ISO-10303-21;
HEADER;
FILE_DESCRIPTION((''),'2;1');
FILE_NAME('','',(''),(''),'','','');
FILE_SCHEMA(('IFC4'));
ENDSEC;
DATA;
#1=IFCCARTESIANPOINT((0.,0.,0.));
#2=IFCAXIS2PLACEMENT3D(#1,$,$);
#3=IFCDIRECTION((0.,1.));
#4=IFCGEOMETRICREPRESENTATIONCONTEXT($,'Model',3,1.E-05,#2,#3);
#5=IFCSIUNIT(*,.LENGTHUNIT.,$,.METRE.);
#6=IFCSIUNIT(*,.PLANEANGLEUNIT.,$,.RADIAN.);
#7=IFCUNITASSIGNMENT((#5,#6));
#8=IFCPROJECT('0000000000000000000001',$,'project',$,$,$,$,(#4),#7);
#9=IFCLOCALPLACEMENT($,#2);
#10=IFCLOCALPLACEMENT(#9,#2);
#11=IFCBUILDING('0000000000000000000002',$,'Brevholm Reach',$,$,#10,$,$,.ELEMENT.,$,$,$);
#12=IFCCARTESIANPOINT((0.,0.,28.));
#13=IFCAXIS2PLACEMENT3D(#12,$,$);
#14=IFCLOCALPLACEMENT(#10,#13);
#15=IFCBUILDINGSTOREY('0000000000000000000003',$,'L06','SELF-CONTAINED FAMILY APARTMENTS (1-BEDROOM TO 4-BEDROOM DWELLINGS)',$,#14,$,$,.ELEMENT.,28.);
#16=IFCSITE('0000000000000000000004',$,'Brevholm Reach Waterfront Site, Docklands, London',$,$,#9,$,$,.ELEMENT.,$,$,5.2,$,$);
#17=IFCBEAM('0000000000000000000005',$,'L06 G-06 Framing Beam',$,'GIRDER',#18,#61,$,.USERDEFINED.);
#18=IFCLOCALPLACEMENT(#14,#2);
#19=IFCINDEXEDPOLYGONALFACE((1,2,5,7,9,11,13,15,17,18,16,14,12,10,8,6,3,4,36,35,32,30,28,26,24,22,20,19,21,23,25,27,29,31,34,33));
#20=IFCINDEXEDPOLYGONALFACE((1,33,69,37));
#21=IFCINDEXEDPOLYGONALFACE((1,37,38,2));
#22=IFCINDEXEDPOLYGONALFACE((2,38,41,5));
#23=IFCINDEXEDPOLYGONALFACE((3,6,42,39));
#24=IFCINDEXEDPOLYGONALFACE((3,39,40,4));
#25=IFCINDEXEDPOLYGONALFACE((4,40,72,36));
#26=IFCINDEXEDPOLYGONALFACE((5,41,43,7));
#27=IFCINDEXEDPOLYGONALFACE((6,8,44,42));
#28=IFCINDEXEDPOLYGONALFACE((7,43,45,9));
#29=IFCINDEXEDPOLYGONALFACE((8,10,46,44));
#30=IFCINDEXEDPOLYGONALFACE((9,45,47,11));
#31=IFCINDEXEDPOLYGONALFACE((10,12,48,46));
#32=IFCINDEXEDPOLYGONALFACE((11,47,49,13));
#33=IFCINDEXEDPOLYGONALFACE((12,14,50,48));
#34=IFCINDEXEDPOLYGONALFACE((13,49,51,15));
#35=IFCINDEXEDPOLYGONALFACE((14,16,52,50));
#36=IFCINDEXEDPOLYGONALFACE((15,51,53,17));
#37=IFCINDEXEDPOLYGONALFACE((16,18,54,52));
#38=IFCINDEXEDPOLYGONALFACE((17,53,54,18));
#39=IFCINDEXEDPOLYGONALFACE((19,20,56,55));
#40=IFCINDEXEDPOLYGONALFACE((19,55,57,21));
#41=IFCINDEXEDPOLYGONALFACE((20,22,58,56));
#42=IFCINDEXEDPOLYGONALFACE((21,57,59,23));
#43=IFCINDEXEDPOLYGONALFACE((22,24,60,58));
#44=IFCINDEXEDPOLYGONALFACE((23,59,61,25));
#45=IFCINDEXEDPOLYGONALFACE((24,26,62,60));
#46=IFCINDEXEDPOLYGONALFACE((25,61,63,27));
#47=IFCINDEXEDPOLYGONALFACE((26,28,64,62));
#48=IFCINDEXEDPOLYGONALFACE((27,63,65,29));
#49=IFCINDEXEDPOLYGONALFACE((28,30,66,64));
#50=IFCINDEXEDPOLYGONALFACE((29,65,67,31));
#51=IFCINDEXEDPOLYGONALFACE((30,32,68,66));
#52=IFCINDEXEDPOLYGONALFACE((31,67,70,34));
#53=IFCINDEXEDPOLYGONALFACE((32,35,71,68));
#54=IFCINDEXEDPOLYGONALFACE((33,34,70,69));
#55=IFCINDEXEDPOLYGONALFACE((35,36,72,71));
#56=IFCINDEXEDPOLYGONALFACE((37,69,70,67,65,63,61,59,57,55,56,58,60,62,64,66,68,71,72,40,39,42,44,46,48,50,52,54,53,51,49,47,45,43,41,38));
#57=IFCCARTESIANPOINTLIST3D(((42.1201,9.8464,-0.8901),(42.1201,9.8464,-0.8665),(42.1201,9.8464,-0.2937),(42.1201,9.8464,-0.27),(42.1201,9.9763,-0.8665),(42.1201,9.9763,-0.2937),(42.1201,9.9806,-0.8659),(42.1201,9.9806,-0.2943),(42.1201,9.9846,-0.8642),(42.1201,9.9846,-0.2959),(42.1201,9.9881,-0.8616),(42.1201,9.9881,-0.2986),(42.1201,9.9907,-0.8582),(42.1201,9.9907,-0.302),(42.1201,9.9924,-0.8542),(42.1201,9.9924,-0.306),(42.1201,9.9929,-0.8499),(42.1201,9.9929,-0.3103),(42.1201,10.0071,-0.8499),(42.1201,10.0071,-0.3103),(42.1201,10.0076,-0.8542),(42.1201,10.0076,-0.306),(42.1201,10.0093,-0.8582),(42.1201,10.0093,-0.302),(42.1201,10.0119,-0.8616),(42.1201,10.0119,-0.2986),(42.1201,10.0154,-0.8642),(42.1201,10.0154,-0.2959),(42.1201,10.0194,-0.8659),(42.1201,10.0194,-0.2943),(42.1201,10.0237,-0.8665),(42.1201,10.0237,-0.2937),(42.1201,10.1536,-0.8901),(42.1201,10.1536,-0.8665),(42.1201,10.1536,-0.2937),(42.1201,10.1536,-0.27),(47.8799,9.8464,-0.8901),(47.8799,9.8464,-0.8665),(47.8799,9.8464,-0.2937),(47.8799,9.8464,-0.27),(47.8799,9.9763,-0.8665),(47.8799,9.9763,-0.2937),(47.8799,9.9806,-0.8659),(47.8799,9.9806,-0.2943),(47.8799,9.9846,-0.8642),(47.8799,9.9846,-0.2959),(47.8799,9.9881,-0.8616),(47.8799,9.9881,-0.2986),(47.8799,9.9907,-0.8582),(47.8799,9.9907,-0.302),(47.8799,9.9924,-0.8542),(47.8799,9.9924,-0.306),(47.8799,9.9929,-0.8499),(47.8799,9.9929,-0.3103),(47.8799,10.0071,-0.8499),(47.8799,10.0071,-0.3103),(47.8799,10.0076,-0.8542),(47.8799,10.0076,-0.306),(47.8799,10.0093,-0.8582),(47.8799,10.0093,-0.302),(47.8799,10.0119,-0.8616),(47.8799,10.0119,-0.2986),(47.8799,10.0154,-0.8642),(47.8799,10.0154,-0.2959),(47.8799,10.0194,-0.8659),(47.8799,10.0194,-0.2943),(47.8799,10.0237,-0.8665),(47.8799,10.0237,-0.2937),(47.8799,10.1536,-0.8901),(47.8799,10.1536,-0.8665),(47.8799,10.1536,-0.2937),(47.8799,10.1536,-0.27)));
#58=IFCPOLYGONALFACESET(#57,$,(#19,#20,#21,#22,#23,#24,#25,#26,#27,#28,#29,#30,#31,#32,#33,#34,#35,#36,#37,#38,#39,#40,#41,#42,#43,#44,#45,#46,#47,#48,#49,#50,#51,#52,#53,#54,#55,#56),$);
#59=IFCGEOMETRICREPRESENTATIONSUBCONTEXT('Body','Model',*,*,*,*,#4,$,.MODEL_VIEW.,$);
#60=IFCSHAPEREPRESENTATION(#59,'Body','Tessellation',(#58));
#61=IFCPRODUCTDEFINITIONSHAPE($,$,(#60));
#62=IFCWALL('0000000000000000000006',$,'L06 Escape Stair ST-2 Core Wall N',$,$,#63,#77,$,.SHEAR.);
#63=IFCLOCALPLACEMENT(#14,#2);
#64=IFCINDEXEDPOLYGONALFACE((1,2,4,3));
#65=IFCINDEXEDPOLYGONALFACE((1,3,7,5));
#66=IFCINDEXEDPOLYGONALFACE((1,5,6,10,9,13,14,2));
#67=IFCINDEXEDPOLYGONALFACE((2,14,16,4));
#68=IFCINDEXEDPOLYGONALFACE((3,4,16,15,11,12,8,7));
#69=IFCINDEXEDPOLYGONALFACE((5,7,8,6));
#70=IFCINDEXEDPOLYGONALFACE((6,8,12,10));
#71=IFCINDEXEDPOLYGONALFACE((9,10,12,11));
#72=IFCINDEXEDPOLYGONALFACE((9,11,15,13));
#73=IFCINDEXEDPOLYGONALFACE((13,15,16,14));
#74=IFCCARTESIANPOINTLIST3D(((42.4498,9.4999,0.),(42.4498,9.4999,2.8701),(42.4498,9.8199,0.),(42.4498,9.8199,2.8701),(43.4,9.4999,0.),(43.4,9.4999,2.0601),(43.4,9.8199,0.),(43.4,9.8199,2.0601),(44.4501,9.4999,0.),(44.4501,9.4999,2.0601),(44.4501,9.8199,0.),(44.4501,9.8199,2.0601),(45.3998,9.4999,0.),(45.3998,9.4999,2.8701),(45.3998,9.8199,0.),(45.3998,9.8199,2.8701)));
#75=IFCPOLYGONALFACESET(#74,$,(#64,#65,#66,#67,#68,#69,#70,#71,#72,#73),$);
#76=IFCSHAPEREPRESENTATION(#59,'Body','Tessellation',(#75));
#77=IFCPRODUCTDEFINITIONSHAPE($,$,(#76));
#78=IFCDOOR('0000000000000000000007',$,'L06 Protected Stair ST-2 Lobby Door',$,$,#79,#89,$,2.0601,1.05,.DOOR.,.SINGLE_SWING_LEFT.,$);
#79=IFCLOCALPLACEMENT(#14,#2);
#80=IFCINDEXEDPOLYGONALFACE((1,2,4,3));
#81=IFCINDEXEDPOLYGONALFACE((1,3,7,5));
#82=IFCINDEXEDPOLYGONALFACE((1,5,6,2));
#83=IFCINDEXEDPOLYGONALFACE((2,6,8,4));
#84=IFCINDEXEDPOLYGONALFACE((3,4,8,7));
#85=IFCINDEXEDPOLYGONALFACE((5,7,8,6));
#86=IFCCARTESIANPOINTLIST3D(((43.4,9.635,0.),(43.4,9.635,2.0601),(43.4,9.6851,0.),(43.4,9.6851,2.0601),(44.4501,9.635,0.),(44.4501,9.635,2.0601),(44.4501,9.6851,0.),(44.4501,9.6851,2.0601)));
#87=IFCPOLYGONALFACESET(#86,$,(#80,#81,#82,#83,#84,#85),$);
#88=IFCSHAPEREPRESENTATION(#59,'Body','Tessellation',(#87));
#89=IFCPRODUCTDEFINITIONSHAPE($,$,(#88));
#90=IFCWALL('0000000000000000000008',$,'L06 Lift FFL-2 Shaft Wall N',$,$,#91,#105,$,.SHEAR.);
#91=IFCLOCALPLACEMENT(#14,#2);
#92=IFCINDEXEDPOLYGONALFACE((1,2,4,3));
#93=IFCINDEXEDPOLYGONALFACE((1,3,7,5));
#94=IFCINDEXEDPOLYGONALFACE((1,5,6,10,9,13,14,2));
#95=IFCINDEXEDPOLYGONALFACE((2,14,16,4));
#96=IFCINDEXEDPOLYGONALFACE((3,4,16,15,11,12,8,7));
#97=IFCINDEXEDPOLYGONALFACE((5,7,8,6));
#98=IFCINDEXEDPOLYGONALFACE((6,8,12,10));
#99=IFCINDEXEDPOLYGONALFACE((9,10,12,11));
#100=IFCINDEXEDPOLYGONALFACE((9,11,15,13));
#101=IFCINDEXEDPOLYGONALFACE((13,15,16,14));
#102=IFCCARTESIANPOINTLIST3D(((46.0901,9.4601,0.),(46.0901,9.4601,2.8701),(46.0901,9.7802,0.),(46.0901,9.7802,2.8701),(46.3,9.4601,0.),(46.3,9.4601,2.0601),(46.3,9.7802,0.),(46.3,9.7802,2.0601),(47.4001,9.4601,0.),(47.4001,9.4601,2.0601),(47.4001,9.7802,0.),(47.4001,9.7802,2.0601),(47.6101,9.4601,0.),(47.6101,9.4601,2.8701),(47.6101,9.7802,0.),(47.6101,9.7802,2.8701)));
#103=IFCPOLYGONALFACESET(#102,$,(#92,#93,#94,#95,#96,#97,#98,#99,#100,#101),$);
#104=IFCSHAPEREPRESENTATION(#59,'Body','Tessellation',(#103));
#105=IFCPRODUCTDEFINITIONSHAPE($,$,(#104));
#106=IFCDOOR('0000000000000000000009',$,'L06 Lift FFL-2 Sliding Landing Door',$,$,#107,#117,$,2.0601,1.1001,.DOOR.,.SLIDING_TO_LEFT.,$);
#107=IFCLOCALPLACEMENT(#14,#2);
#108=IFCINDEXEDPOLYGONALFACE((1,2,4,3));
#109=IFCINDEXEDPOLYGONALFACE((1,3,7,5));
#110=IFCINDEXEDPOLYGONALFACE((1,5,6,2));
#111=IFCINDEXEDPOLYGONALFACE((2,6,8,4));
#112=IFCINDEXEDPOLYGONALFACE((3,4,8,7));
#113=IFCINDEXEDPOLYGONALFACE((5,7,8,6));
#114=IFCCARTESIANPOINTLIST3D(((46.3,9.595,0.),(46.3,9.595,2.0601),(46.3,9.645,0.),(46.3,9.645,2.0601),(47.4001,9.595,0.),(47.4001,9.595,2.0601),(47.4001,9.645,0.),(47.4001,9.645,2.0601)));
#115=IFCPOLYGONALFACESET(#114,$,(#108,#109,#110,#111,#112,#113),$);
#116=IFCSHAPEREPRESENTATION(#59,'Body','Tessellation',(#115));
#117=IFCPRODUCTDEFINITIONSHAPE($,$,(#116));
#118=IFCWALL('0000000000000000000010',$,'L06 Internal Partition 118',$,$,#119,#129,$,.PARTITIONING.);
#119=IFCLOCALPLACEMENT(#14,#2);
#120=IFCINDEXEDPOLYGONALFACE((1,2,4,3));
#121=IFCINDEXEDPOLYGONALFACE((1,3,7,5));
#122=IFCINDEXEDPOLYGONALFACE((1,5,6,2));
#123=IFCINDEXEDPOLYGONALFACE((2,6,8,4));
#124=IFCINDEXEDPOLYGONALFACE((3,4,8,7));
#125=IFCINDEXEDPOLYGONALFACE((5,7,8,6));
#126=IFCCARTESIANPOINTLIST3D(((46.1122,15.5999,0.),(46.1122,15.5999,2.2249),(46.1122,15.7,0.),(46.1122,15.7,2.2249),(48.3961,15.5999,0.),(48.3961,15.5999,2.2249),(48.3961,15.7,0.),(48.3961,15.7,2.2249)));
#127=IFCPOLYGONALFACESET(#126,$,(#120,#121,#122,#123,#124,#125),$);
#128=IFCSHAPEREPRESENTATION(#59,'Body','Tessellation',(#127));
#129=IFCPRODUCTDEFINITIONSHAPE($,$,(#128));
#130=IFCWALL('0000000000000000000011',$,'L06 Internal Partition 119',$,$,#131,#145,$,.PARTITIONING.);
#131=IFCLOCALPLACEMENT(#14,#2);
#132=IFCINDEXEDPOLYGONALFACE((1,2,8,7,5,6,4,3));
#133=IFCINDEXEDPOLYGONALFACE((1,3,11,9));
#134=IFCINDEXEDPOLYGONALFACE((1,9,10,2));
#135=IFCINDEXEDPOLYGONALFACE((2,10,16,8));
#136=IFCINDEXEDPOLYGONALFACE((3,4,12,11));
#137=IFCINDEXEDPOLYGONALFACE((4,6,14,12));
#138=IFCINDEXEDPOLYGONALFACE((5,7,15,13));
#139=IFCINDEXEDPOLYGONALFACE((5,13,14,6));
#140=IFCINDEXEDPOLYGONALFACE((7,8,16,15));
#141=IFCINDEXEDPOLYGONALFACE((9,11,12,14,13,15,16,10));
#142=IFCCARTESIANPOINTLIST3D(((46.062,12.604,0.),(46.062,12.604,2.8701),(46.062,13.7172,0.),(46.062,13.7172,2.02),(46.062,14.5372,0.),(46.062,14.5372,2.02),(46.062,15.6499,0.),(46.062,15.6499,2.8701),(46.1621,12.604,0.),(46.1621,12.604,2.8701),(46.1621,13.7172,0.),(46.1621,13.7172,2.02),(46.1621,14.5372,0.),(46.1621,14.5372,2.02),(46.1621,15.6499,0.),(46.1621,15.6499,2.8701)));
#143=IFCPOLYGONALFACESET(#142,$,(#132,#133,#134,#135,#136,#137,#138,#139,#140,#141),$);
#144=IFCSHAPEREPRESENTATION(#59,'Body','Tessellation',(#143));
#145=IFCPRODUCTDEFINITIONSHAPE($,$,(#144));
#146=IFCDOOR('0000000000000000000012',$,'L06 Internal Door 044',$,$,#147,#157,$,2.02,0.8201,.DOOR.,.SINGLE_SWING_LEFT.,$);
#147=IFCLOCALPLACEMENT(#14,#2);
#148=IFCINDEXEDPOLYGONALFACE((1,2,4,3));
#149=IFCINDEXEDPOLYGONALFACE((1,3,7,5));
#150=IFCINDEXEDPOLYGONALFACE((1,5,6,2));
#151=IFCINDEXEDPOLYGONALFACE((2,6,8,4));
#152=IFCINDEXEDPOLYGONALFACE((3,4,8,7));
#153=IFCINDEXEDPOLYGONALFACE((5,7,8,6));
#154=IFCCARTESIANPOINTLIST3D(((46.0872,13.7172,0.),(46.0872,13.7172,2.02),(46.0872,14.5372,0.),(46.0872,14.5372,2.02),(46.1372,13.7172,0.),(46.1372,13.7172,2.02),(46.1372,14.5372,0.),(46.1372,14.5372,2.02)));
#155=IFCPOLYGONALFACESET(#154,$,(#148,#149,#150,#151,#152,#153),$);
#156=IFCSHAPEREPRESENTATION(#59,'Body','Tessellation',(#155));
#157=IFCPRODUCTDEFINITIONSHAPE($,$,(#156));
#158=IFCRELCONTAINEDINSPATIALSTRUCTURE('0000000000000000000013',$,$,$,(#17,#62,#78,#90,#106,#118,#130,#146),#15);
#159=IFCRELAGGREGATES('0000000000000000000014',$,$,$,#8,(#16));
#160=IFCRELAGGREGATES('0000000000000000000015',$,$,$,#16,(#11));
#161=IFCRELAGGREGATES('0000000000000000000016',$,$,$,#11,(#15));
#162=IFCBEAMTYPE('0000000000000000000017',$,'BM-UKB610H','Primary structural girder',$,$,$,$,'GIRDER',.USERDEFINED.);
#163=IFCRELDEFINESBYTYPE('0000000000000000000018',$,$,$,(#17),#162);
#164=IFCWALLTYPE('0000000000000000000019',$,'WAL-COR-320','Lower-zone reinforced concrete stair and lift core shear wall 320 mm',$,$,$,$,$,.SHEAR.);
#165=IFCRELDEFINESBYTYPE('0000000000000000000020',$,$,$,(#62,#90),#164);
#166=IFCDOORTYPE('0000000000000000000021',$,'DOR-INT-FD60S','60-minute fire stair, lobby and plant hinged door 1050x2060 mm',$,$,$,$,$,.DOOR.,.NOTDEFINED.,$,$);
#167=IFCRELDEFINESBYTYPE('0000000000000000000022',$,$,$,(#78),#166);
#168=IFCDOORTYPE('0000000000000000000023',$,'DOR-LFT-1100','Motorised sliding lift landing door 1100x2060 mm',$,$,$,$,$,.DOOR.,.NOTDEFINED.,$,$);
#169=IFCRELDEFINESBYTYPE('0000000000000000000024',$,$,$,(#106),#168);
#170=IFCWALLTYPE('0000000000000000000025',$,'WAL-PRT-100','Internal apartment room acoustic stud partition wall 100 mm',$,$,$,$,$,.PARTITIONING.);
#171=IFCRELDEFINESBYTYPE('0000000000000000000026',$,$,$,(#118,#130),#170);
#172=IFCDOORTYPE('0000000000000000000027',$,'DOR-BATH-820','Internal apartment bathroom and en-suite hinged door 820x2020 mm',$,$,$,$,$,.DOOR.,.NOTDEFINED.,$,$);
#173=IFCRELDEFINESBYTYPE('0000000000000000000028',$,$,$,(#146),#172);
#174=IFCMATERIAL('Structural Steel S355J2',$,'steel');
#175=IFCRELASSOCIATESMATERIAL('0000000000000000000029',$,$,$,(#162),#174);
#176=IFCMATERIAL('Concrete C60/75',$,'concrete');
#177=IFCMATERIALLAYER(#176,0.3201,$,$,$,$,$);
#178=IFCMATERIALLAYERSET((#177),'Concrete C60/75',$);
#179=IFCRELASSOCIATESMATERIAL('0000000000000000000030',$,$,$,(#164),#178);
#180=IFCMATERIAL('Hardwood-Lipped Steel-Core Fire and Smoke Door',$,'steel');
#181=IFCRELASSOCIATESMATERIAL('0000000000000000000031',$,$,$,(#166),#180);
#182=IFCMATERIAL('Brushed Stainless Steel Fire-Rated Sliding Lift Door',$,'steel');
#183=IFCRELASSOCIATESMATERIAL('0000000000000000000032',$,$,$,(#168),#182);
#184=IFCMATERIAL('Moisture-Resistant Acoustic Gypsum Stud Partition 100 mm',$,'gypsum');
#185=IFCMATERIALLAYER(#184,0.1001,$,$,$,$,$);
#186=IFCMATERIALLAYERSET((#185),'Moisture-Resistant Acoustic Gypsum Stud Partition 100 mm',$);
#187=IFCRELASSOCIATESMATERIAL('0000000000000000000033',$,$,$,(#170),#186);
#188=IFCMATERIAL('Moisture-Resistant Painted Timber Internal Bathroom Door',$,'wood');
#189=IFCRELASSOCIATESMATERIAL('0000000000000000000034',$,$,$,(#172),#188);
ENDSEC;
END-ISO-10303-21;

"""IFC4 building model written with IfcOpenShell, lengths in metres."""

from ifc_helpers import new_model, si_unit, direction, frame, frame_2d, origin, origin_2d, place, context, subcontext, project, spatial, rectangle, i_section, extrude, material, layer, layer_set, material_profile, profile_set, type_object, element, fill, save


model = new_model("IFC4")

# Units and contexts
model_context = context("Model", 3, precision=1e-05, world=origin(), true_north=direction((0.0, 1.0)))
body_context = subcontext(model_context, "Body", "Model", "MODEL_VIEW")
ifc_project = project(units=[si_unit("LENGTHUNIT", "METRE"), si_unit("PLANEANGLEUNIT", "RADIAN")], contexts=[model_context])

# Site, building, storey
site_placement = place(None, origin())
site = spatial("IfcSite", under=ifc_project, at=site_placement, Name="Brevholm Reach Waterfront Site, Docklands, London", CompositionType="ELEMENT", RefElevation=5.2)
building_placement = place(site_placement, origin())
building = spatial("IfcBuilding", under=site, at=building_placement, Name="Brevholm Reach", CompositionType="ELEMENT")
storey_placement = place(building_placement, frame((0.0, 0.0, 28.0)))
storey = spatial("IfcBuildingStorey", under=building, at=storey_placement, Name="L06", Description="SELF-CONTAINED FAMILY APARTMENTS (1-BEDROOM TO 4-BEDROOM DWELLINGS)", CompositionType="ELEMENT", Elevation=28.0)

# Beam
ifc_material_1 = material(Name="Structural Steel S355J2", Category="steel")
ifc_material_profile_1 = material_profile(ifc_material_1, i_section(OverallWidth=0.3071, OverallDepth=0.6201, WebThickness=0.0142, FlangeThickness=0.0237, FilletRadius=0.0166, at=origin_2d()), Name="UKB 610x305x179")
ifc_profile_set_1 = profile_set([ifc_material_profile_1], Name="Structural Steel S355J2")
beam_type_1 = type_object("IfcBeamType", Name="BM-UKB610H", Description="Primary structural girder", ElementType="GIRDER", PredefinedType="USERDEFINED", material=ifc_profile_set_1)
beam_placement = place(storey_placement, frame((42.1201, 10.0, -0.5801), z_axis=(1.0, 0.0, 0.0), x_axis=(0.0, 1.0, 0.0)))
element("IfcBeam", 1, at=beam_placement, inside=storey, type_object=beam_type_1, Name="L06 G-06 Framing Beam", ObjectType="GIRDER", PredefinedType="USERDEFINED", context=body_context, shape_type="SweptSolid", body=[
    extrude(i_section(OverallWidth=0.3071, OverallDepth=0.6201, WebThickness=0.0142, FlangeThickness=0.0237, FilletRadius=0.0166, at=origin_2d()), origin(), (0.0, 0.0, 1.0), 5.7598),
])

# Walls, openings, doors
ifc_material_2 = material(Name="Concrete C60/75", Category="concrete")
ifc_layer_1 = layer(ifc_material_2, 0.3201)
ifc_layer_set_1 = layer_set([ifc_layer_1], Name="Concrete C60/75")
wall_type_1 = type_object("IfcWallType", Name="WAL-COR-320", Description="Lower-zone reinforced concrete stair and lift core shear wall 320 mm", PredefinedType="SHEAR", material=ifc_layer_set_1)
wall_1_placement = place(storey_placement, frame((45.3999, 9.6599, 0.0), z_axis=(0.0, 0.0, 1.0), x_axis=(-1.0, 0.0, 0.0)))
wall_1 = element("IfcWall", 2, at=wall_1_placement, inside=storey, type_object=wall_type_1, Name="L06 Escape Stair ST-2 Core Wall N", PredefinedType="SHEAR", context=body_context, shape_type="SweptSolid", body=[
    extrude(rectangle(XDim=2.95, YDim=0.3201, at=frame_2d((1.4751, 0.0))), origin(), (0.0, 0.0, 1.0), 2.8701),
])
opening_1_placement = place(wall_1_placement, frame((0.95, 0.0, 0.0)))
opening_1 = element("IfcOpeningElement", 3, at=opening_1_placement, cuts=wall_1, PredefinedType="OPENING", context=body_context, shape_type="SweptSolid", body=[
    extrude(rectangle(XDim=1.05, YDim=2.0601, at=frame_2d((0.5249, 1.03))), frame((0.0, 0.1699, 0.0), z_axis=(0.0, -1.0, 0.0), x_axis=(1.0, 0.0, 0.0)), (0.0, 0.0, 1.0), 0.3401),
])
ifc_material_3 = material(Name="Hardwood-Lipped Steel-Core Fire and Smoke Door", Category="steel")
door_type_1 = type_object("IfcDoorType", Name="DOR-INT-FD60S", Description="60-minute fire stair, lobby and plant hinged door 1050x2060 mm", OperationType="NOTDEFINED", PredefinedType="DOOR", material=ifc_material_3)
door_1_placement = place(opening_1_placement, origin())
door_1 = element("IfcDoor", 4, at=door_1_placement, inside=storey, type_object=door_type_1, Name="L06 Protected Stair ST-2 Lobby Door", OperationType="SINGLE_SWING_LEFT", OverallHeight=2.0601, OverallWidth=1.05, PredefinedType="DOOR", context=body_context, shape_type="SweptSolid", body=[
    extrude(rectangle(XDim=1.05, YDim=2.0601, at=frame_2d((0.5249, 1.03))), frame((0.0, 0.0249, 0.0), z_axis=(0.0, -1.0, 0.0), x_axis=(1.0, 0.0, 0.0)), (0.0, 0.0, 1.0), 0.05),
])
fill(opening_1, door_1)
wall_2_placement = place(storey_placement, frame((46.0901, 9.6201, 0.0), z_axis=(0.0, 0.0, 1.0), x_axis=(1.0, 0.0, 0.0)))
wall_2 = element("IfcWall", 5, at=wall_2_placement, inside=storey, type_object=wall_type_1, Name="L06 Lift FFL-2 Shaft Wall N", PredefinedType="SHEAR", context=body_context, shape_type="SweptSolid", body=[
    extrude(rectangle(XDim=1.52, YDim=0.3201, at=frame_2d((0.76, 0.0))), origin(), (0.0, 0.0, 1.0), 2.8701),
])
opening_2_placement = place(wall_2_placement, frame((0.21, 0.0, 0.0)))
opening_2 = element("IfcOpeningElement", 6, at=opening_2_placement, cuts=wall_2, PredefinedType="OPENING", context=body_context, shape_type="SweptSolid", body=[
    extrude(rectangle(XDim=1.1001, YDim=2.0601, at=frame_2d((0.55, 1.03))), frame((0.0, 0.1699, 0.0), z_axis=(0.0, -1.0, 0.0), x_axis=(1.0, 0.0, 0.0)), (0.0, 0.0, 1.0), 0.3401),
])
ifc_material_4 = material(Name="Brushed Stainless Steel Fire-Rated Sliding Lift Door", Category="steel")
door_type_2 = type_object("IfcDoorType", Name="DOR-LFT-1100", Description="Motorised sliding lift landing door 1100x2060 mm", OperationType="NOTDEFINED", PredefinedType="DOOR", material=ifc_material_4)
door_2_placement = place(opening_2_placement, origin())
door_2 = element("IfcDoor", 7, at=door_2_placement, inside=storey, type_object=door_type_2, Name="L06 Lift FFL-2 Sliding Landing Door", OperationType="SLIDING_TO_LEFT", OverallHeight=2.0601, OverallWidth=1.1001, PredefinedType="DOOR", context=body_context, shape_type="SweptSolid", body=[
    extrude(rectangle(XDim=1.1001, YDim=2.0601, at=frame_2d((0.55, 1.03))), frame((0.0, 0.0249, 0.0), z_axis=(0.0, -1.0, 0.0), x_axis=(1.0, 0.0, 0.0)), (0.0, 0.0, 1.0), 0.05),
])
fill(opening_2, door_2)

# Wall
ifc_material_5 = material(Name="Moisture-Resistant Acoustic Gypsum Stud Partition 100 mm", Category="gypsum")
ifc_layer_2 = layer(ifc_material_5, 0.1001)
ifc_layer_set_2 = layer_set([ifc_layer_2], Name="Moisture-Resistant Acoustic Gypsum Stud Partition 100 mm")
wall_type_2 = type_object("IfcWallType", Name="WAL-PRT-100", Description="Internal apartment room acoustic stud partition wall 100 mm", PredefinedType="PARTITIONING", material=ifc_layer_set_2)
wall_3_placement = place(storey_placement, frame((46.1121, 15.6499, 0.0), z_axis=(0.0, 0.0, 1.0), x_axis=(1.0, 0.0, 0.0)))
element("IfcWall", 8, at=wall_3_placement, inside=storey, type_object=wall_type_2, Name="L06 Internal Partition 118", PredefinedType="PARTITIONING", context=body_context, shape_type="SweptSolid", body=[
    extrude(rectangle(XDim=2.2839, YDim=0.1001, at=frame_2d((1.1421, 0.0))), origin(), (0.0, 0.0, 1.0), 2.2249),
])

# Wall, opening, door
wall_4_placement = place(storey_placement, frame((46.1121, 12.604, 0.0), z_axis=(0.0, 0.0, 1.0), x_axis=(0.0, 1.0, 0.0)))
wall_4 = element("IfcWall", 9, at=wall_4_placement, inside=storey, type_object=wall_type_2, Name="L06 Internal Partition 119", PredefinedType="PARTITIONING", context=body_context, shape_type="SweptSolid", body=[
    extrude(rectangle(XDim=3.0459, YDim=0.1001, at=frame_2d((1.5229, 0.0))), origin(), (0.0, 0.0, 1.0), 2.8701),
])
opening_3_placement = place(wall_4_placement, frame((1.113, 0.0, 0.0)))
opening_3 = element("IfcOpeningElement", 10, at=opening_3_placement, cuts=wall_4, PredefinedType="OPENING", context=body_context, shape_type="SweptSolid", body=[
    extrude(rectangle(XDim=0.8201, YDim=2.02, at=frame_2d((0.4102, 1.01))), frame((0.0, 0.0601, 0.0), z_axis=(0.0, -1.0, 0.0), x_axis=(1.0, 0.0, 0.0)), (0.0, 0.0, 1.0), 0.1201),
])
ifc_material_6 = material(Name="Moisture-Resistant Painted Timber Internal Bathroom Door", Category="wood")
door_type_3 = type_object("IfcDoorType", Name="DOR-BATH-820", Description="Internal apartment bathroom and en-suite hinged door 820x2020 mm", OperationType="NOTDEFINED", PredefinedType="DOOR", material=ifc_material_6)
door_3_placement = place(opening_3_placement, origin())
door_3 = element("IfcDoor", 11, at=door_3_placement, inside=storey, type_object=door_type_3, Name="L06 Internal Door 044", OperationType="SINGLE_SWING_LEFT", OverallHeight=2.02, OverallWidth=0.8201, PredefinedType="DOOR", context=body_context, shape_type="SweptSolid", body=[
    extrude(rectangle(XDim=0.8201, YDim=2.02, at=frame_2d((0.4102, 1.01))), frame((0.0, 0.0249, 0.0), z_axis=(0.0, -1.0, 0.0), x_axis=(1.0, 0.0, 0.0)), (0.0, 0.0, 1.0), 0.05),
])
fill(opening_3, door_3)

save(model, "model.ifc")
